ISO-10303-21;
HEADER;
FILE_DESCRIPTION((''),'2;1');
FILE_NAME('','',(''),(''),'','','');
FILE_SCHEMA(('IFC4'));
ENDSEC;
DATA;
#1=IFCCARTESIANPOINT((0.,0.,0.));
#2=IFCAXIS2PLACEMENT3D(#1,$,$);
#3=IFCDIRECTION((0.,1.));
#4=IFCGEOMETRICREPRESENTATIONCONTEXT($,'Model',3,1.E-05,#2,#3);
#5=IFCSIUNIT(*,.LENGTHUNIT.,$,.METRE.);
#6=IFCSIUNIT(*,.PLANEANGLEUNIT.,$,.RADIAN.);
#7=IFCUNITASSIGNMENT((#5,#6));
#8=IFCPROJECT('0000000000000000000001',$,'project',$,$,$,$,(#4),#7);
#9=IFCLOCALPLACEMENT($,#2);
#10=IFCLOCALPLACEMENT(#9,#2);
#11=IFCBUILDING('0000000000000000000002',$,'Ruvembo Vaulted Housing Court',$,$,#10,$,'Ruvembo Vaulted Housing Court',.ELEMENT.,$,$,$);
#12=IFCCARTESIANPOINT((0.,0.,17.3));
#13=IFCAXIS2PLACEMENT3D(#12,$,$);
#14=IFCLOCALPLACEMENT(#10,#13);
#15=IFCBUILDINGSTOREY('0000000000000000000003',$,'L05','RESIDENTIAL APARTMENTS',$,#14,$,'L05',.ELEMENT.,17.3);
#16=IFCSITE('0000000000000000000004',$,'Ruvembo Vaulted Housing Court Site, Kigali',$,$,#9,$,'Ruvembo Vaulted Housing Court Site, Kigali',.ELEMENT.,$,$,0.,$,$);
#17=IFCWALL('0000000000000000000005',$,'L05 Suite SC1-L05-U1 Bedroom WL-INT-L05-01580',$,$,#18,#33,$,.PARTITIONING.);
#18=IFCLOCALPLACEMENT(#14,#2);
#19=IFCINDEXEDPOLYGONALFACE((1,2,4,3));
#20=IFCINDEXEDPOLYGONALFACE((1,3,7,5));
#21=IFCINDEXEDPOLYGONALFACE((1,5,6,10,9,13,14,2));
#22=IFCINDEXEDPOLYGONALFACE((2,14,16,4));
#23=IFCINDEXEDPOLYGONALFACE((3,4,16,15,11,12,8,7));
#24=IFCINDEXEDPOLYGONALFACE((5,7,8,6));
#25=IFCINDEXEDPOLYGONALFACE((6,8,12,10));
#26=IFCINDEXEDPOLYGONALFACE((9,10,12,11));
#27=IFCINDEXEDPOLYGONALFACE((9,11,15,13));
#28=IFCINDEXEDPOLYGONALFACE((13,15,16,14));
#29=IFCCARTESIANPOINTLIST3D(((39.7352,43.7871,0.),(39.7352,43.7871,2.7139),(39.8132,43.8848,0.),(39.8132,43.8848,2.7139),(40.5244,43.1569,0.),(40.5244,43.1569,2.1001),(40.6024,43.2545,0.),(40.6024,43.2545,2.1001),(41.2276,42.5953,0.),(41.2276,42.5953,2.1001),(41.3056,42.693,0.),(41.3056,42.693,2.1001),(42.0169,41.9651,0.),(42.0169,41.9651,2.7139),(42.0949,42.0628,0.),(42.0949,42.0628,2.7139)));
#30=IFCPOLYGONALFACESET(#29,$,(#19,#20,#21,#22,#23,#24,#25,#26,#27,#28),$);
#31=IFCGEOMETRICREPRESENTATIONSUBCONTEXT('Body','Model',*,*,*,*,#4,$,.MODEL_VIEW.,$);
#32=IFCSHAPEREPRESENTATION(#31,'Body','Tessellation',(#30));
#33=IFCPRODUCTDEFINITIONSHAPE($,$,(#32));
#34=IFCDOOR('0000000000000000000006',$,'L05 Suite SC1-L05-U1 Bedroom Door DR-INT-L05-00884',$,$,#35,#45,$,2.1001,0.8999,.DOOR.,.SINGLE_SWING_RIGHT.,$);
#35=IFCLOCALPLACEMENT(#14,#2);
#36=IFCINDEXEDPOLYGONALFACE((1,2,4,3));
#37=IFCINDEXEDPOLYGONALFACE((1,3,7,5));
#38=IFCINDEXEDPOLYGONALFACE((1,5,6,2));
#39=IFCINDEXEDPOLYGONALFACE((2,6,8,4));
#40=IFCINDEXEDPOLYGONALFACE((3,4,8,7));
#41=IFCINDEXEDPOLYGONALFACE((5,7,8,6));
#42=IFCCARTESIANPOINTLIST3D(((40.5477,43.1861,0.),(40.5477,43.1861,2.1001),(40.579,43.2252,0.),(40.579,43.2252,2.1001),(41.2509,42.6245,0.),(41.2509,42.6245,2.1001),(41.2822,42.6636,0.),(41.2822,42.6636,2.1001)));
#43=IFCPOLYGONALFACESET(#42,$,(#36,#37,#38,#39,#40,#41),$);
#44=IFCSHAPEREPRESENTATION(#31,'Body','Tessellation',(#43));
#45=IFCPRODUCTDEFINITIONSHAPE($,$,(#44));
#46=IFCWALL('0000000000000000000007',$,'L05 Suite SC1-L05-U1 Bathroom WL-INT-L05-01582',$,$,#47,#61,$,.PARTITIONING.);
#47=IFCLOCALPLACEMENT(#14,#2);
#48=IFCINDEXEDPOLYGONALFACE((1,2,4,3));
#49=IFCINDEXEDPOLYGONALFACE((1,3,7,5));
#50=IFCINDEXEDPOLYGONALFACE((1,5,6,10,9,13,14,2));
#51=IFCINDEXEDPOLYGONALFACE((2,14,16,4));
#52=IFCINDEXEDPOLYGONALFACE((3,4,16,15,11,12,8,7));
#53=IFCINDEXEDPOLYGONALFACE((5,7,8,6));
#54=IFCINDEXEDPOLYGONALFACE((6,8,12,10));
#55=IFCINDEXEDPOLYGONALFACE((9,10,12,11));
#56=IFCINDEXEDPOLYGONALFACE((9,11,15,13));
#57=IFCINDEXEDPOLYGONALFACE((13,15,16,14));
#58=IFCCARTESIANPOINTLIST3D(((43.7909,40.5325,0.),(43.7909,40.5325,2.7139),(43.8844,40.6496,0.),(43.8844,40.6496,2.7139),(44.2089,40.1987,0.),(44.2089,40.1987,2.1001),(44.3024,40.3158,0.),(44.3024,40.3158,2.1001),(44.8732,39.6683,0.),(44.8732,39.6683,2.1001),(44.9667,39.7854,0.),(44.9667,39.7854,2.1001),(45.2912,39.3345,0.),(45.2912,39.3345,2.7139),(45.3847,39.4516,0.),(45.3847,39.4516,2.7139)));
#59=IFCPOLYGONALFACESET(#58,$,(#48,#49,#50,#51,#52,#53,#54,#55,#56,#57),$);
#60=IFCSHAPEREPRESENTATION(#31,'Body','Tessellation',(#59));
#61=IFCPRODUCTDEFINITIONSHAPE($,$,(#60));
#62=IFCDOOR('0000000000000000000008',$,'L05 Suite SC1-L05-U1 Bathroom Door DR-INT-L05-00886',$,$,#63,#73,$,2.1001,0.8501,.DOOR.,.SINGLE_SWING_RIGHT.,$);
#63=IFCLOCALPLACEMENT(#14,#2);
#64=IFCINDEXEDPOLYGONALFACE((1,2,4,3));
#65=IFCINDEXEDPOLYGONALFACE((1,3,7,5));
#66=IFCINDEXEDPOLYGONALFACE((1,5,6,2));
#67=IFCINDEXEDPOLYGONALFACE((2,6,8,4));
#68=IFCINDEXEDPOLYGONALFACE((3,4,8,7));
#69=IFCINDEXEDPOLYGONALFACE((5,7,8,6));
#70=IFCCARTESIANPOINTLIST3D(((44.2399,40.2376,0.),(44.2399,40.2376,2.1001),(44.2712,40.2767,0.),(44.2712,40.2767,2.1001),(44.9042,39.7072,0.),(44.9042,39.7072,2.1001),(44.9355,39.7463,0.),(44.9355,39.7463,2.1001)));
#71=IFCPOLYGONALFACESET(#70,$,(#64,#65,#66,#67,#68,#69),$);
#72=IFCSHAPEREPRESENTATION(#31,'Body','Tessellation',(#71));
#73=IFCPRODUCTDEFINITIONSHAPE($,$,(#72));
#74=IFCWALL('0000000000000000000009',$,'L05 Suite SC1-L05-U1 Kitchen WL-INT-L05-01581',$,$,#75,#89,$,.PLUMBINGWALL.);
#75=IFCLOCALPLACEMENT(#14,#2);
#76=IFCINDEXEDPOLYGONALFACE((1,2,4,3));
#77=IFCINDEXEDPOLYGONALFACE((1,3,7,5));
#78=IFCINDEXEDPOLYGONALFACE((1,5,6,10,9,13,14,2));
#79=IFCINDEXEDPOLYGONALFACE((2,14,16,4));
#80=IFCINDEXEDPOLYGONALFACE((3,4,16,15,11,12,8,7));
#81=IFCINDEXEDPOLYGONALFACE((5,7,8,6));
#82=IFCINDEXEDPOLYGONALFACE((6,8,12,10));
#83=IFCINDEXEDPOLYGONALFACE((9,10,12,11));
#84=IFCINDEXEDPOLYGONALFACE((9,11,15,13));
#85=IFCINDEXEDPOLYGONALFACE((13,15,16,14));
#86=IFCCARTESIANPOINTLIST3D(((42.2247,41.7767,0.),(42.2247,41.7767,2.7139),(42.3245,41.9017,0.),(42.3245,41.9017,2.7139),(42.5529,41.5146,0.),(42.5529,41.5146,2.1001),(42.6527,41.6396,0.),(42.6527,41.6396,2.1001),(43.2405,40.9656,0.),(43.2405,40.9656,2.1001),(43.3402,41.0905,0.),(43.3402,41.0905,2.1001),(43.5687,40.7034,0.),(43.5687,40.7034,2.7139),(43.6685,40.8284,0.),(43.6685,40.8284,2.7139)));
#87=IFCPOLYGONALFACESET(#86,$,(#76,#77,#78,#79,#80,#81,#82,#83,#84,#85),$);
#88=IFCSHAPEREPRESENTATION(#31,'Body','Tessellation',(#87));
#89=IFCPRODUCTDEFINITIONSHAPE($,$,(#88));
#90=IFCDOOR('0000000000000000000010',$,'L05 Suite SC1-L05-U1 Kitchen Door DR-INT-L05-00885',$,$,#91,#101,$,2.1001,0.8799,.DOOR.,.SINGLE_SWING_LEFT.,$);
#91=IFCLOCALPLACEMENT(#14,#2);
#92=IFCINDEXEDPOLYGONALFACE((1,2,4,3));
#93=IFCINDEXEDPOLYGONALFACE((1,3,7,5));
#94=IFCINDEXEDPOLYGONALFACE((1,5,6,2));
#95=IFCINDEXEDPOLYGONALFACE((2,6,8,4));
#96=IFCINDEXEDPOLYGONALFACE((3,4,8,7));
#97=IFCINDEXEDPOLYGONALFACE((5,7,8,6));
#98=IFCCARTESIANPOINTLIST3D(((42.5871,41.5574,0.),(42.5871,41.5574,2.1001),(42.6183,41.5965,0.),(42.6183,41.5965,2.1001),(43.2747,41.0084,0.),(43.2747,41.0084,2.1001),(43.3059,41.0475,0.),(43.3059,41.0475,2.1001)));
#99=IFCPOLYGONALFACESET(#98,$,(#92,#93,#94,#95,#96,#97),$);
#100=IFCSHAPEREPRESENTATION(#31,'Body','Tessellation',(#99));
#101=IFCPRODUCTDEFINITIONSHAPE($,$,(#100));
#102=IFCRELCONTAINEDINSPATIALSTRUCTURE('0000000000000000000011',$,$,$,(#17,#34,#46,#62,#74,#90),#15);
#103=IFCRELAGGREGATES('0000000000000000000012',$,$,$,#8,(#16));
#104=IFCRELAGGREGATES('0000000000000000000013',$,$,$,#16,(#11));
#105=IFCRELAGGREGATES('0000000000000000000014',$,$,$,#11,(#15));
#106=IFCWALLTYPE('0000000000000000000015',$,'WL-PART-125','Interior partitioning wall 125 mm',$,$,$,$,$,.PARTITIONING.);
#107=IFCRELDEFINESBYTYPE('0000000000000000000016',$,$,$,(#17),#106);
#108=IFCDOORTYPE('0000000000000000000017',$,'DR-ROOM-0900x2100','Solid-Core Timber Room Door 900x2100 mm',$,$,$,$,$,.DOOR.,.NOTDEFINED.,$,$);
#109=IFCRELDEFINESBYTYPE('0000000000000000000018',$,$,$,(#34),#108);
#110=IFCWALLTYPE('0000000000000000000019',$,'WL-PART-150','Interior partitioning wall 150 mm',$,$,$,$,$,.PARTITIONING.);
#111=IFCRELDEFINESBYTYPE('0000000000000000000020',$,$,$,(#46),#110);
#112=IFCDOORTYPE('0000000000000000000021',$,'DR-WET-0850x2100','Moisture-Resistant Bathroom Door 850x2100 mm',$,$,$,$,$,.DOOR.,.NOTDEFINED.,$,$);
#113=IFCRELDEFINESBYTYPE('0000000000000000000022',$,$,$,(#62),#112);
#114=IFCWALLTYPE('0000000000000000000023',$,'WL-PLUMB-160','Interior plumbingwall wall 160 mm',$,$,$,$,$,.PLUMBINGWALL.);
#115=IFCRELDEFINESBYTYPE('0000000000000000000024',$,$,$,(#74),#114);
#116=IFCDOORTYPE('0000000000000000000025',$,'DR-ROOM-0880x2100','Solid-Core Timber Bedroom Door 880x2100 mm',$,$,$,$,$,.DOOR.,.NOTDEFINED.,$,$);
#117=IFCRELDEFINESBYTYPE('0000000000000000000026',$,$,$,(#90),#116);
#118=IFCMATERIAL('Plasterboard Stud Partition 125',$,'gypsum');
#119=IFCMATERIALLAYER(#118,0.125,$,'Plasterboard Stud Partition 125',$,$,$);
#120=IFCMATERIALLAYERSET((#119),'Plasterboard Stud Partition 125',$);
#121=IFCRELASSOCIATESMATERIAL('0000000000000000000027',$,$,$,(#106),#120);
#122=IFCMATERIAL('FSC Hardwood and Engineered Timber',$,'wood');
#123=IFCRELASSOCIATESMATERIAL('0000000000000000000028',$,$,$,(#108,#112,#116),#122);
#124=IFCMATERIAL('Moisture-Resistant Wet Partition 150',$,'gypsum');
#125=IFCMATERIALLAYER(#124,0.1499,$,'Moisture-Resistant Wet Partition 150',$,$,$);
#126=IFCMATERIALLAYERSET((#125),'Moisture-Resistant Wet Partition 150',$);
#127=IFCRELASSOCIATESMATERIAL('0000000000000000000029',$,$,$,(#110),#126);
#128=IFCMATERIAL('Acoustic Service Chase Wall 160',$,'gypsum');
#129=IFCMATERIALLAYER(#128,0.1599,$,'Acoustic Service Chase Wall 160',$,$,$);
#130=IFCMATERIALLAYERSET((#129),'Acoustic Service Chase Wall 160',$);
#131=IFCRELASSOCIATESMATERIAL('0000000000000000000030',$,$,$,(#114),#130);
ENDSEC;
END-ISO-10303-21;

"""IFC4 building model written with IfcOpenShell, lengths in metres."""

from ifc_helpers import new_model, si_unit, direction, frame, frame_2d, origin, place, context, subcontext, project, spatial, rectangle, extrude, material, layer, layer_set, type_object, element, fill, save


model = new_model("IFC4")

# Units and contexts
model_context = context("Model", 3, precision=1e-05, world=origin(), true_north=direction((0.0, 1.0)))
body_context = subcontext(model_context, "Body", "Model", "MODEL_VIEW")
ifc_project = project(units=[si_unit("LENGTHUNIT", "METRE"), si_unit("PLANEANGLEUNIT", "RADIAN")], contexts=[model_context])

# Site, building, storey
site_placement = place(None, origin())
site = spatial("IfcSite", under=ifc_project, at=site_placement, Name="Ruvembo Vaulted Housing Court Site, Kigali", LongName="Ruvembo Vaulted Housing Court Site, Kigali", CompositionType="ELEMENT", RefElevation=0.0)
building_placement = place(site_placement, origin())
building = spatial("IfcBuilding", under=site, at=building_placement, Name="Ruvembo Vaulted Housing Court", LongName="Ruvembo Vaulted Housing Court", CompositionType="ELEMENT")
storey_placement = place(building_placement, frame((0.0, 0.0, 17.3)))
storey = spatial("IfcBuildingStorey", under=building, at=storey_placement, Name="L05", Description="RESIDENTIAL APARTMENTS", LongName="L05", CompositionType="ELEMENT", Elevation=17.3)

# Walls, openings, doors
ifc_material_1 = material(Name="Plasterboard Stud Partition 125", Category="gypsum")
ifc_layer_1 = layer(ifc_material_1, 0.125, Name="Plasterboard Stud Partition 125")
ifc_layer_set_1 = layer_set([ifc_layer_1], Name="Plasterboard Stud Partition 125")
wall_type_1 = type_object("IfcWallType", Name="WL-PART-125", Description="Interior partitioning wall 125 mm", PredefinedType="PARTITIONING", material=ifc_layer_set_1)
wall_1_placement = place(storey_placement, frame((39.7742, 43.8359, 0.0), z_axis=(0.0, 0.0, 1.0), x_axis=(0.781431, -0.623991, 0.0)))
wall_1 = element("IfcWall", 1, at=wall_1_placement, inside=storey, type_object=wall_type_1, Name="L05 Suite SC1-L05-U1 Bedroom WL-INT-L05-01580", PredefinedType="PARTITIONING", context=body_context, shape_type="SweptSolid", body=[
    extrude(rectangle(XDim=2.9199, YDim=0.125, at=frame_2d((1.46, 0.0))), origin(), (0.0, 0.0, 1.0), 2.7139),
])
opening_1_placement = place(wall_1_placement, frame((1.01, 0.0, 0.0)))
opening_1 = element("IfcOpeningElement", 2, at=opening_1_placement, cuts=wall_1, PredefinedType="OPENING", context=body_context, shape_type="SweptSolid", body=[
    extrude(rectangle(XDim=0.8999, YDim=2.1001, at=frame_2d((0.45, 1.05))), frame((0.0, 0.0725, 0.0), z_axis=(0.0, -1.0, 0.0), x_axis=(1.0, 0.0, 0.0)), (0.0, 0.0, 1.0), 0.145),
])
ifc_material_2 = material(Name="FSC Hardwood and Engineered Timber", Category="wood")
door_type_1 = type_object("IfcDoorType", Name="DR-ROOM-0900x2100", Description="Solid-Core Timber Room Door 900x2100 mm", OperationType="NOTDEFINED", PredefinedType="DOOR", material=ifc_material_2)
door_1_placement = place(opening_1_placement, origin())
door_1 = element("IfcDoor", 3, at=door_1_placement, inside=storey, type_object=door_type_1, Name="L05 Suite SC1-L05-U1 Bedroom Door DR-INT-L05-00884", OperationType="SINGLE_SWING_RIGHT", OverallHeight=2.1001, OverallWidth=0.8999, PredefinedType="DOOR", context=body_context, shape_type="SweptSolid", body=[
    extrude(rectangle(XDim=0.8999, YDim=2.1001, at=frame_2d((0.45, 1.05))), frame((0.0, 0.0249, 0.0), z_axis=(0.0, -1.0, 0.0), x_axis=(1.0, 0.0, 0.0)), (0.0, 0.0, 1.0), 0.05),
])
fill(opening_1, door_1)
ifc_material_3 = material(Name="Moisture-Resistant Wet Partition 150", Category="gypsum")
ifc_layer_2 = layer(ifc_material_3, 0.1499, Name="Moisture-Resistant Wet Partition 150")
ifc_layer_set_2 = layer_set([ifc_layer_2], Name="Moisture-Resistant Wet Partition 150")
wall_type_2 = type_object("IfcWallType", Name="WL-PART-150", Description="Interior partitioning wall 150 mm", PredefinedType="PARTITIONING", material=ifc_layer_set_2)
wall_2_placement = place(storey_placement, frame((43.8376, 40.5911, 0.0), z_axis=(0.0, 0.0, 1.0), x_axis=(0.781427, -0.623997, 0.0)))
wall_2 = element("IfcWall", 4, at=wall_2_placement, inside=storey, type_object=wall_type_2, Name="L05 Suite SC1-L05-U1 Bathroom WL-INT-L05-01582", PredefinedType="PARTITIONING", context=body_context, shape_type="SweptSolid", body=[
    extrude(rectangle(XDim=1.9199, YDim=0.1499, at=frame_2d((0.96, 0.0))), origin(), (0.0, 0.0, 1.0), 2.7139),
])
opening_2_placement = place(wall_2_placement, frame((0.5349, 0.0, 0.0)))
opening_2 = element("IfcOpeningElement", 5, at=opening_2_placement, cuts=wall_2, PredefinedType="OPENING", context=body_context, shape_type="SweptSolid", body=[
    extrude(rectangle(XDim=0.8501, YDim=2.1001, at=frame_2d((0.425, 1.05))), frame((0.0, 0.085, 0.0), z_axis=(0.0, -1.0, 0.0), x_axis=(1.0, 0.0, 0.0)), (0.0, 0.0, 1.0), 0.1699),
])
door_type_2 = type_object("IfcDoorType", Name="DR-WET-0850x2100", Description="Moisture-Resistant Bathroom Door 850x2100 mm", OperationType="NOTDEFINED", PredefinedType="DOOR", material=ifc_material_2)
door_2_placement = place(opening_2_placement, origin())
door_2 = element("IfcDoor", 6, at=door_2_placement, inside=storey, type_object=door_type_2, Name="L05 Suite SC1-L05-U1 Bathroom Door DR-INT-L05-00886", OperationType="SINGLE_SWING_RIGHT", OverallHeight=2.1001, OverallWidth=0.8501, PredefinedType="DOOR", context=body_context, shape_type="SweptSolid", body=[
    extrude(rectangle(XDim=0.8501, YDim=2.1001, at=frame_2d((0.425, 1.05))), frame((0.0, 0.0249, 0.0), z_axis=(0.0, -1.0, 0.0), x_axis=(1.0, 0.0, 0.0)), (0.0, 0.0, 1.0), 0.05),
])
fill(opening_2, door_2)
ifc_material_4 = material(Name="Acoustic Service Chase Wall 160", Category="gypsum")
ifc_layer_3 = layer(ifc_material_4, 0.1599, Name="Acoustic Service Chase Wall 160")
ifc_layer_set_3 = layer_set([ifc_layer_3], Name="Acoustic Service Chase Wall 160")
wall_type_3 = type_object("IfcWallType", Name="WL-PLUMB-160", Description="Interior plumbingwall wall 160 mm", PredefinedType="PLUMBINGWALL", material=ifc_layer_set_3)
wall_3_placement = place(storey_placement, frame((42.2747, 41.8391, 0.0), z_axis=(0.0, 0.0, 1.0), x_axis=(0.781422, -0.624002, 0.0)))
wall_3 = element("IfcWall", 7, at=wall_3_placement, inside=storey, type_object=wall_type_3, Name="L05 Suite SC1-L05-U1 Kitchen WL-INT-L05-01581", PredefinedType="PLUMBINGWALL", context=body_context, shape_type="SweptSolid", body=[
    extrude(rectangle(XDim=1.72, YDim=0.1599, at=frame_2d((0.8599, 0.0))), origin(), (0.0, 0.0, 1.0), 2.7139),
])
opening_3_placement = place(wall_3_placement, frame((0.4199, 0.0, 0.0)))
opening_3 = element("IfcOpeningElement", 8, at=opening_3_placement, cuts=wall_3, PredefinedType="OPENING", context=body_context, shape_type="SweptSolid", body=[
    extrude(rectangle(XDim=0.8799, YDim=2.1001, at=frame_2d((0.4399, 1.05))), frame((0.0, 0.0898, 0.0), z_axis=(0.0, -1.0, 0.0), x_axis=(1.0, 0.0, 0.0)), (0.0, 0.0, 1.0), 0.1799),
])
door_type_3 = type_object("IfcDoorType", Name="DR-ROOM-0880x2100", Description="Solid-Core Timber Bedroom Door 880x2100 mm", OperationType="NOTDEFINED", PredefinedType="DOOR", material=ifc_material_2)
door_3_placement = place(opening_3_placement, origin())
door_3 = element("IfcDoor", 9, at=door_3_placement, inside=storey, type_object=door_type_3, Name="L05 Suite SC1-L05-U1 Kitchen Door DR-INT-L05-00885", OperationType="SINGLE_SWING_LEFT", OverallHeight=2.1001, OverallWidth=0.8799, PredefinedType="DOOR", context=body_context, shape_type="SweptSolid", body=[
    extrude(rectangle(XDim=0.8799, YDim=2.1001, at=frame_2d((0.4399, 1.05))), frame((0.0, 0.0249, 0.0), z_axis=(0.0, -1.0, 0.0), x_axis=(1.0, 0.0, 0.0)), (0.0, 0.0, 1.0), 0.05),
])
fill(opening_3, door_3)

save(model, "model.ifc")
